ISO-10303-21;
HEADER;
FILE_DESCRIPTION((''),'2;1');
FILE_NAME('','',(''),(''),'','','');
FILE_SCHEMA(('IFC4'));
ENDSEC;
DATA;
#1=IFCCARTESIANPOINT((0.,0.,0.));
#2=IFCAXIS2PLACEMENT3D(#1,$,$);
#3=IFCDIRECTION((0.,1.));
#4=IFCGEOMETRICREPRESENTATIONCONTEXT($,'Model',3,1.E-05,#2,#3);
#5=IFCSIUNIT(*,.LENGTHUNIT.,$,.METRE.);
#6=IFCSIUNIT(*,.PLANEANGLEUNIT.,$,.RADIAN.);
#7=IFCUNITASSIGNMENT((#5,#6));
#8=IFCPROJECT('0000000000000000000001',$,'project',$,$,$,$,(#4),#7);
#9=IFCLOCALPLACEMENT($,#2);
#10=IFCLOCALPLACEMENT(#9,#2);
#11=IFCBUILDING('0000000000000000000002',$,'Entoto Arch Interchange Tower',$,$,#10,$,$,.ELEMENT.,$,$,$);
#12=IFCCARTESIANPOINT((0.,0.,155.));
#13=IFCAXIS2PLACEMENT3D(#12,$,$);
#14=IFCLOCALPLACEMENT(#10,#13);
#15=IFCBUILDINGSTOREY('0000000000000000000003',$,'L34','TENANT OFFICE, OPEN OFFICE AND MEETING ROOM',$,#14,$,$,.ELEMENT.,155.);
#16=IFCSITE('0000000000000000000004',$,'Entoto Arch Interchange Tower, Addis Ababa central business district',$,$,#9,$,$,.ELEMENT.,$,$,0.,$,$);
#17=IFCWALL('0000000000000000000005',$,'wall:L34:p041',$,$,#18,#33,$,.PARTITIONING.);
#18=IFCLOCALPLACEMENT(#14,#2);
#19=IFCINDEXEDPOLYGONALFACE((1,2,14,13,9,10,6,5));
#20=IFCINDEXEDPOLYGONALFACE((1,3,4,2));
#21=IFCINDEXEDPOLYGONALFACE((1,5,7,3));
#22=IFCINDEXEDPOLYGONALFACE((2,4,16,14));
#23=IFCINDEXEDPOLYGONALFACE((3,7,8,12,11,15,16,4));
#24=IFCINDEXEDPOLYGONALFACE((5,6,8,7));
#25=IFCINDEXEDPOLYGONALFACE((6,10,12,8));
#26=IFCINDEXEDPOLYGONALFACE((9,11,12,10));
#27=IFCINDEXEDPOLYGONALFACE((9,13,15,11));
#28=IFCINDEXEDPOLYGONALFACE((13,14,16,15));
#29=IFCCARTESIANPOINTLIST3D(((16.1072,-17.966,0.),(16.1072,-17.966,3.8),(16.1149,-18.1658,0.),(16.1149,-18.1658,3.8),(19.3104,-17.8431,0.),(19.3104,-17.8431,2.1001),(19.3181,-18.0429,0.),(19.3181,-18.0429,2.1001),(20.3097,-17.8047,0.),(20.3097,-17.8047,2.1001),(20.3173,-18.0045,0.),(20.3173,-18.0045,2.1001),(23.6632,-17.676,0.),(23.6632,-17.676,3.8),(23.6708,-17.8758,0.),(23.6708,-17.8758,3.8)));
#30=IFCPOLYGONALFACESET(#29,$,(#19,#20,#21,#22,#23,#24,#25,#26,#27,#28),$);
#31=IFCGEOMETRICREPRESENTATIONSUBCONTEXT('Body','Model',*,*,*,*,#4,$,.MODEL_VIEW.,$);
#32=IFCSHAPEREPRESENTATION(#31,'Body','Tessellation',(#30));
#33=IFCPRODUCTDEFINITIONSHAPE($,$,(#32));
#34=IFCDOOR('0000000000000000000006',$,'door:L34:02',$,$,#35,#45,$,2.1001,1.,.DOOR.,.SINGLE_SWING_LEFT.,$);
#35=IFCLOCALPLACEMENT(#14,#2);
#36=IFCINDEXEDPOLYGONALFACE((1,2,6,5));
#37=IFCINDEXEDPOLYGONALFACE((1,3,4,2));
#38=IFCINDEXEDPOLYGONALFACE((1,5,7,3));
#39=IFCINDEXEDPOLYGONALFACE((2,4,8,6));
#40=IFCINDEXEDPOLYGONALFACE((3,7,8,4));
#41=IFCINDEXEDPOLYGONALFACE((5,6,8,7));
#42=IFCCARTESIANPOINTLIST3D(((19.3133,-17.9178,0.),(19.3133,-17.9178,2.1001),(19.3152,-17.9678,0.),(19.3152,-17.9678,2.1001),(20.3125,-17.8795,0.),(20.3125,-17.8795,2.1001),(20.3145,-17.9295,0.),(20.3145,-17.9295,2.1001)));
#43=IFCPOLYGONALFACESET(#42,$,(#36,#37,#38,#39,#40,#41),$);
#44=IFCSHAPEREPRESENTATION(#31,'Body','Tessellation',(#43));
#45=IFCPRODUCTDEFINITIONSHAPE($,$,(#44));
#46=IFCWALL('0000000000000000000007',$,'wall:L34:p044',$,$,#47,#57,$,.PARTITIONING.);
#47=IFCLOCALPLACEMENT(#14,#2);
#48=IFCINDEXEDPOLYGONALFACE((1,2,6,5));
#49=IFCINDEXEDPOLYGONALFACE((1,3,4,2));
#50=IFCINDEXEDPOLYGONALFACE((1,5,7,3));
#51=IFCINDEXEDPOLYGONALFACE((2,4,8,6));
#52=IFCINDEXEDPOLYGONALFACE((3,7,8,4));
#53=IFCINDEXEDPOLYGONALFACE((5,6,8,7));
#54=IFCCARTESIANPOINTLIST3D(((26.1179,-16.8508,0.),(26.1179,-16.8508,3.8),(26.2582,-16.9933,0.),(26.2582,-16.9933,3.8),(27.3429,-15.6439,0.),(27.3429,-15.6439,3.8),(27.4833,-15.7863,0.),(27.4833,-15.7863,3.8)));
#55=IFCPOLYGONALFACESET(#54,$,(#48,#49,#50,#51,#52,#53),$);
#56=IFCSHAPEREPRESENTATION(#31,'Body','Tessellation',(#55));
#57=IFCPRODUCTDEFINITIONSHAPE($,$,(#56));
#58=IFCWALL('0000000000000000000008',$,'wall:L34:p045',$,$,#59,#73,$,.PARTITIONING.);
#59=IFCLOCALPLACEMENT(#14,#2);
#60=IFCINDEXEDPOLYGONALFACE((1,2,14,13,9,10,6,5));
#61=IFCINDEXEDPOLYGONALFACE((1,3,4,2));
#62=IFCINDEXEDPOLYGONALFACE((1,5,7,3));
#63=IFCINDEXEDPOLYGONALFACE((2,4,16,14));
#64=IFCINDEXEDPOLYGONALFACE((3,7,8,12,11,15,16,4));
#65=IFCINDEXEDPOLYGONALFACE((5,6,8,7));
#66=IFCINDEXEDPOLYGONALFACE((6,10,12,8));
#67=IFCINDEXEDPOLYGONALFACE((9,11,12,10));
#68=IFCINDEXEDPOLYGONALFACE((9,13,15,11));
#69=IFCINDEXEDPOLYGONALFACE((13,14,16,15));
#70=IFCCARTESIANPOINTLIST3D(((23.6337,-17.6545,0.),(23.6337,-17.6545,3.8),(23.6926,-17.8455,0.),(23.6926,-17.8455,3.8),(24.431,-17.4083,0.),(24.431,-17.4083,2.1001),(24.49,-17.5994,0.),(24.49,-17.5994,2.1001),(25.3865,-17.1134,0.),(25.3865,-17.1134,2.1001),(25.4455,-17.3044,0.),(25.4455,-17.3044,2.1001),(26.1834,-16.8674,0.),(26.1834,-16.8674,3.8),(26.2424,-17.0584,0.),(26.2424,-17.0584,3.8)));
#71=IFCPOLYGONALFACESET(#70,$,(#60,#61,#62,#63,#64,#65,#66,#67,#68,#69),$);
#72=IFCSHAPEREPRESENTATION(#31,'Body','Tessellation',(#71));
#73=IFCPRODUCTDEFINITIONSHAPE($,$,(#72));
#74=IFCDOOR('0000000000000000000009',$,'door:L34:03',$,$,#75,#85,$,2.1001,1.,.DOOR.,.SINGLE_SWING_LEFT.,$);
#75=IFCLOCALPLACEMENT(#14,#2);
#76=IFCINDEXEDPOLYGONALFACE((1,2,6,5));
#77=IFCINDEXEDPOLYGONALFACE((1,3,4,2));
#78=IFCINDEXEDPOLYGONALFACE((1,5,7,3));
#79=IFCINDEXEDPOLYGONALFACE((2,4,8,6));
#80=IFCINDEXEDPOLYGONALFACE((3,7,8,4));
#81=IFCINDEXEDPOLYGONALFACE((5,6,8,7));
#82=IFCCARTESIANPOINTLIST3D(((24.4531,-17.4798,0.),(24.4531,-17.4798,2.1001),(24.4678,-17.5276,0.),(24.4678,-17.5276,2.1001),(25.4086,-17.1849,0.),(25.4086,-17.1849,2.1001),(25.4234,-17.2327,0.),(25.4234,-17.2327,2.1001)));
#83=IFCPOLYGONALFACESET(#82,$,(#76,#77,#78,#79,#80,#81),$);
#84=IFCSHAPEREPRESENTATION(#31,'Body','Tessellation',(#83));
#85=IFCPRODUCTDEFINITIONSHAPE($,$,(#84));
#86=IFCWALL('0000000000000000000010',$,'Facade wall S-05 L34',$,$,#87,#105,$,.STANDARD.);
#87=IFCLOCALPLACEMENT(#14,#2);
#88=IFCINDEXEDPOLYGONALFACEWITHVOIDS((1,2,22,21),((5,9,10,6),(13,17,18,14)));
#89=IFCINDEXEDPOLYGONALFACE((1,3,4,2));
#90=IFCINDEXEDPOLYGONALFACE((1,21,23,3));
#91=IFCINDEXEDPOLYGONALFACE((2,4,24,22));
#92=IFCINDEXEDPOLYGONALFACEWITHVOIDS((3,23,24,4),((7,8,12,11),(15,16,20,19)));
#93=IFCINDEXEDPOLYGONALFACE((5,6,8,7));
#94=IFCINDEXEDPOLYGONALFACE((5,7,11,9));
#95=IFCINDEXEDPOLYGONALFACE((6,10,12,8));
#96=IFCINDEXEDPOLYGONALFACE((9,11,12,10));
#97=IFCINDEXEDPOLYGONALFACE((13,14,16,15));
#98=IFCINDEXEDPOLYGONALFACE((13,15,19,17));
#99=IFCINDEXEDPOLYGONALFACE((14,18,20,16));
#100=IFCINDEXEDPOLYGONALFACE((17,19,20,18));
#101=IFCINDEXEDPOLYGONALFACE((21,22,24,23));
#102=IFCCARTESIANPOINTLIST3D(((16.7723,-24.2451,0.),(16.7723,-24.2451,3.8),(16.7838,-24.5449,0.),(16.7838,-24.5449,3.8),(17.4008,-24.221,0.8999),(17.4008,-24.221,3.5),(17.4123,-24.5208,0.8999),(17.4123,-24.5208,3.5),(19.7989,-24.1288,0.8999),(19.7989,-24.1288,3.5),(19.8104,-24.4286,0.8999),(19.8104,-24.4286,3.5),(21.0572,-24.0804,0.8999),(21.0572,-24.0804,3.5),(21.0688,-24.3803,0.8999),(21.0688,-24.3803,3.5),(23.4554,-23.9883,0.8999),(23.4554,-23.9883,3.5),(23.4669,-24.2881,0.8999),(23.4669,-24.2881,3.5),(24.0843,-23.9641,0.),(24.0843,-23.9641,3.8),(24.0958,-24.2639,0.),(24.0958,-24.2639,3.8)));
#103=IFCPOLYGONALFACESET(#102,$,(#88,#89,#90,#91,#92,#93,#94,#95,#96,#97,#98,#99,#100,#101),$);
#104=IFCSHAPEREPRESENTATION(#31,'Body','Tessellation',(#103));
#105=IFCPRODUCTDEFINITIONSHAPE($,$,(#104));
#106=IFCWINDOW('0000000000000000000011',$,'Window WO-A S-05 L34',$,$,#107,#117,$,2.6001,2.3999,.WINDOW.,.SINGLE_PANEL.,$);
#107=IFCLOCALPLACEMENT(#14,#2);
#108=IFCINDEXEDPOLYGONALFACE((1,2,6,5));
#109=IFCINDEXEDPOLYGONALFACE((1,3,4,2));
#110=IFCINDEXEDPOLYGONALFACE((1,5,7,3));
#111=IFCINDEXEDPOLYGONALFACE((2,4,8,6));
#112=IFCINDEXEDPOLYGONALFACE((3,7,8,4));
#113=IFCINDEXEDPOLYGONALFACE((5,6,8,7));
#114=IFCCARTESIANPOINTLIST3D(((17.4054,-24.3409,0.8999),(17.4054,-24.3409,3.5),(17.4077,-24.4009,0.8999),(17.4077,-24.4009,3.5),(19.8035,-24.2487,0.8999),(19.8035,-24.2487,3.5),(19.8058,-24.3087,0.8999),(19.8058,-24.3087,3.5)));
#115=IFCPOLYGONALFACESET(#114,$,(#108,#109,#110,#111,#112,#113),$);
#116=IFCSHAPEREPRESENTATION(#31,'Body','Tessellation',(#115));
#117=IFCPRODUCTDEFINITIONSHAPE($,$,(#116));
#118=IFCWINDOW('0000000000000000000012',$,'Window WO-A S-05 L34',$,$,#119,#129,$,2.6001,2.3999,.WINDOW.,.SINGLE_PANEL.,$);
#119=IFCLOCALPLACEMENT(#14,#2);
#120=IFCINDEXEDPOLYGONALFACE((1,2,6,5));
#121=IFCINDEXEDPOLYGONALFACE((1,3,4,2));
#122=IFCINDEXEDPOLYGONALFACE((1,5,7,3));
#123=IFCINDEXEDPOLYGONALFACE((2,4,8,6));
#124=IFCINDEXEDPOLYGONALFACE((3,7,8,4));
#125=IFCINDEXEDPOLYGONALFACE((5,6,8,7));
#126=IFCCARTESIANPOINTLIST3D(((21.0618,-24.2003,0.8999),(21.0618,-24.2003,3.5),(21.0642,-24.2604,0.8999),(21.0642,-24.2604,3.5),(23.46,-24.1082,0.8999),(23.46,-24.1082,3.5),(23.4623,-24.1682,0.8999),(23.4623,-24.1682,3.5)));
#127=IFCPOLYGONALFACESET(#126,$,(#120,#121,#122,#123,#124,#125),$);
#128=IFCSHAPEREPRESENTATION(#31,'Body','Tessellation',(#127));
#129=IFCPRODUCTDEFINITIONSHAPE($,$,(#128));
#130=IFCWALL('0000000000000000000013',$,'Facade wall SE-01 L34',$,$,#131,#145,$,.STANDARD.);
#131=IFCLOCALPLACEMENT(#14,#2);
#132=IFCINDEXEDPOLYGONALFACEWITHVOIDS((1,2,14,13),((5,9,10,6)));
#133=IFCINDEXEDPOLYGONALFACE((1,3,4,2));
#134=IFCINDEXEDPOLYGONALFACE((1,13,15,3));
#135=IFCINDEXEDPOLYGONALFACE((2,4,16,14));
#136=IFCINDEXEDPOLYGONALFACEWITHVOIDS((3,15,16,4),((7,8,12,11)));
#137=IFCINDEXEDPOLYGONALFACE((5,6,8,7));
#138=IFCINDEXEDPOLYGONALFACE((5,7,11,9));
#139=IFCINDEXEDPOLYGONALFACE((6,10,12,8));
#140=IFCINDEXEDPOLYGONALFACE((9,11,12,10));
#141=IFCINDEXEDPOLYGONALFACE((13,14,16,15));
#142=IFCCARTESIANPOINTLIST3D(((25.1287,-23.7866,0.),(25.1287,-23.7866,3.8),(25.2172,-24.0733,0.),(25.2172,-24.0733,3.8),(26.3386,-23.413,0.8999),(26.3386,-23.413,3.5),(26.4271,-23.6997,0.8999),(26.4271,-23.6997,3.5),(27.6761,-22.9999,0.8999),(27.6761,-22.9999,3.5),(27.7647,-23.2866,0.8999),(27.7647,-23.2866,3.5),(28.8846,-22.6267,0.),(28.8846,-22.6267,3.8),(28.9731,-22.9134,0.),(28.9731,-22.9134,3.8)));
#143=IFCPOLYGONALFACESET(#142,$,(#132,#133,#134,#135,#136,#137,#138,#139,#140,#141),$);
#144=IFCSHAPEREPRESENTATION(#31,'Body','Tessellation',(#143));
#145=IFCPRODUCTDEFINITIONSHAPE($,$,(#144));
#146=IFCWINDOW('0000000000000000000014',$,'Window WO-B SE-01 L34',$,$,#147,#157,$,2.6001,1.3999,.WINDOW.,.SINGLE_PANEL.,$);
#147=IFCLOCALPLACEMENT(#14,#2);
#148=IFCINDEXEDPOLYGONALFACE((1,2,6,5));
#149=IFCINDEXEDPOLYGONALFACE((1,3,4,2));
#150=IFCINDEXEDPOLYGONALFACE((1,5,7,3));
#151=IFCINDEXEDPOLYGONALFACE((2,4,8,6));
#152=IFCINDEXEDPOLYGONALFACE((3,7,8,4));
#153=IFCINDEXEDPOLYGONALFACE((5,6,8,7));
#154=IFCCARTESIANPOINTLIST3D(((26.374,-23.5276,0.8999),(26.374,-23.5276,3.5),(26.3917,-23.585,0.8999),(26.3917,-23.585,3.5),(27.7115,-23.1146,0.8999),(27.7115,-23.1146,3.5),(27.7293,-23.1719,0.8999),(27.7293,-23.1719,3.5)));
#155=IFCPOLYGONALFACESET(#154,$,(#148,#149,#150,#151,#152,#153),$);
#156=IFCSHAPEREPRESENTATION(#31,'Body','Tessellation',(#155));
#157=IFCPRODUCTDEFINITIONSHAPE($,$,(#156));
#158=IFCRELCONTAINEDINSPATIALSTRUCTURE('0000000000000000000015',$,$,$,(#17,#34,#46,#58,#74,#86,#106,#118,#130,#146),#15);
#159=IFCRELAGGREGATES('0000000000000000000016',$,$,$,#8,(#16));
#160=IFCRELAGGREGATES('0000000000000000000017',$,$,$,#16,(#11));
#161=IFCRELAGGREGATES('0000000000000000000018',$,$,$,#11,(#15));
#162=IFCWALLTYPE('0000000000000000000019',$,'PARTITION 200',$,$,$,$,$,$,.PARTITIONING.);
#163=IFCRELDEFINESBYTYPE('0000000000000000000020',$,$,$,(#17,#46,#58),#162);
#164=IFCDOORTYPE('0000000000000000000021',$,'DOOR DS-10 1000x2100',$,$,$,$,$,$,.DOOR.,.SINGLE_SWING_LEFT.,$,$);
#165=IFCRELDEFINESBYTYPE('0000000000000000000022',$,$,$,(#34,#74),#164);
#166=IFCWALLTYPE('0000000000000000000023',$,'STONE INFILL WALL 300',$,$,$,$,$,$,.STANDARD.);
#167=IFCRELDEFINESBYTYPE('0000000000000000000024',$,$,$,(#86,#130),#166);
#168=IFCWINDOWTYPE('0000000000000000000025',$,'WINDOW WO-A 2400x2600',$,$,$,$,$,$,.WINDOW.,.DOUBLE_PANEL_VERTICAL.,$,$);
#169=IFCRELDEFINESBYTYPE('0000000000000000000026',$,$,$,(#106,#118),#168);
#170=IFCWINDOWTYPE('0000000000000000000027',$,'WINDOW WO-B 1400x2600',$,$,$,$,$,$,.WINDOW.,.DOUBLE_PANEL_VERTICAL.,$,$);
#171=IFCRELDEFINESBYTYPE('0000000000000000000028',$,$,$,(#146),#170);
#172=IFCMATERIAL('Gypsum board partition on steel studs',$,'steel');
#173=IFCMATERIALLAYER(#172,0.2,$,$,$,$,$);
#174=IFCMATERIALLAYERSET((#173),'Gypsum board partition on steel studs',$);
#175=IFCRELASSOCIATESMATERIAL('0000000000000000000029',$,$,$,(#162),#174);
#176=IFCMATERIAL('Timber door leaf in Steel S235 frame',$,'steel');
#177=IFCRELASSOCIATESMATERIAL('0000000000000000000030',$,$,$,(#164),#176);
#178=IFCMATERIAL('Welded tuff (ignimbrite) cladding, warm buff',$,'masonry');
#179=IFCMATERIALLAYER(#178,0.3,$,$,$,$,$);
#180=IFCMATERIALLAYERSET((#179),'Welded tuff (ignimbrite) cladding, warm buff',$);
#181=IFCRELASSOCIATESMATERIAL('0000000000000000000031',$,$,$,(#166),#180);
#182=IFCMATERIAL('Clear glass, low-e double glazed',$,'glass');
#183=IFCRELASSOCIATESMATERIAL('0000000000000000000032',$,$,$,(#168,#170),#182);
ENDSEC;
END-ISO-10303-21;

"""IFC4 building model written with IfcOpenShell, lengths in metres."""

from ifc_helpers import new_model, si_unit, direction, frame, frame_2d, origin, place, context, subcontext, project, spatial, rectangle, extrude, material, layer, layer_set, type_object, element, fill, save


model = new_model("IFC4")

# Units and contexts
model_context = context("Model", 3, precision=1e-05, world=origin(), true_north=direction((0.0, 1.0)))
body_context = subcontext(model_context, "Body", "Model", "MODEL_VIEW")
ifc_project = project(units=[si_unit("LENGTHUNIT", "METRE"), si_unit("PLANEANGLEUNIT", "RADIAN")], contexts=[model_context])

# Site, building, storey
site_placement = place(None, origin())
site = spatial("IfcSite", under=ifc_project, at=site_placement, Name="Entoto Arch Interchange Tower, Addis Ababa central business district", CompositionType="ELEMENT", RefElevation=0.0)
building_placement = place(site_placement, origin())
building = spatial("IfcBuilding", under=site, at=building_placement, Name="Entoto Arch Interchange Tower", CompositionType="ELEMENT")
storey_placement = place(building_placement, frame((0.0, 0.0, 155.0)))
storey = spatial("IfcBuildingStorey", under=building, at=storey_placement, Name="L34", Description="TENANT OFFICE, OPEN OFFICE AND MEETING ROOM", CompositionType="ELEMENT", Elevation=155.0)

# Shared definitions
ifc_material_1 = material(Name="Gypsum board partition on steel studs", Category="steel")
ifc_layer_1 = layer(ifc_material_1, 0.2)
ifc_layer_set_1 = layer_set([ifc_layer_1], Name="Gypsum board partition on steel studs")
wall_type_1 = type_object("IfcWallType", Name="PARTITION 200", PredefinedType="PARTITIONING", material=ifc_layer_set_1)

# Wall, opening, door
ifc_material_2 = material(Name="Timber door leaf in Steel S235 frame", Category="steel")
door_type = type_object("IfcDoorType", Name="DOOR DS-10 1000x2100", OperationType="SINGLE_SWING_LEFT", PredefinedType="DOOR", material=ifc_material_2)
wall_1_placement = place(storey_placement, frame((23.667, -17.7759, 0.0), z_axis=(0.0, 0.0, 1.0), x_axis=(-0.999264, -0.038357, 0.0)))
wall_1 = element("IfcWall", 1, at=wall_1_placement, inside=storey, type_object=wall_type_1, Name="wall:L34:p041", PredefinedType="PARTITIONING", context=body_context, shape_type="SweptSolid", body=[
    extrude(rectangle(XDim=7.5615, YDim=0.2, at=frame_2d((3.7808, 0.0))), origin(), (0.0, 0.0, 1.0), 3.8),
])
opening_1_placement = place(wall_1_placement, frame((3.356, 0.0, 0.0)))
opening_1 = element("IfcOpeningElement", 2, at=opening_1_placement, cuts=wall_1, PredefinedType="OPENING", context=body_context, shape_type="SweptSolid", body=[
    extrude(rectangle(XDim=1.0, YDim=2.1001, at=frame_2d((0.5, 1.05))), frame((0.0, 0.1099, 0.0), z_axis=(0.0, -1.0, 0.0), x_axis=(1.0, 0.0, 0.0)), (0.0, 0.0, 1.0), 0.22),
])
door_1_placement = place(opening_1_placement, origin())
door_1 = element("IfcDoor", 3, at=door_1_placement, inside=storey, type_object=door_type, Name="door:L34:02", OperationType="SINGLE_SWING_LEFT", OverallHeight=2.1001, OverallWidth=1.0, PredefinedType="DOOR", context=body_context, shape_type="SweptSolid", body=[
    extrude(rectangle(XDim=1.0, YDim=2.1001, at=frame_2d((0.5, 1.05))), frame((0.0, 0.0249, 0.0), z_axis=(0.0, -1.0, 0.0), x_axis=(1.0, 0.0, 0.0)), (0.0, 0.0, 1.0), 0.05),
])
fill(opening_1, door_1)

# Wall
wall_2_placement = place(storey_placement, frame((27.4131, -15.7151, 0.0), z_axis=(0.0, 0.0, 1.0), x_axis=(-0.71234, -0.701835, 0.0)))
element("IfcWall", 4, at=wall_2_placement, inside=storey, type_object=wall_type_1, Name="wall:L34:p044", PredefinedType="PARTITIONING", context=body_context, shape_type="SweptSolid", body=[
    extrude(rectangle(XDim=1.7197, YDim=0.2, at=frame_2d((0.8599, 0.0))), origin(), (0.0, 0.0, 1.0), 3.8),
])

# Wall, opening, door
wall_3_placement = place(storey_placement, frame((26.2129, -16.9629, 0.0), z_axis=(0.0, 0.0, 1.0), x_axis=(-0.95551, -0.29496, 0.0)))
wall_3 = element("IfcWall", 5, at=wall_3_placement, inside=storey, type_object=wall_type_1, Name="wall:L34:p045", PredefinedType="PARTITIONING", context=body_context, shape_type="SweptSolid", body=[
    extrude(rectangle(XDim=2.6685, YDim=0.2, at=frame_2d((1.3342, 0.0))), origin(), (0.0, 0.0, 1.0), 3.8),
])
opening_2_placement = place(wall_3_placement, frame((0.834, 0.0, 0.0)))
opening_2 = element("IfcOpeningElement", 6, at=opening_2_placement, cuts=wall_3, PredefinedType="OPENING", context=body_context, shape_type="SweptSolid", body=[
    extrude(rectangle(XDim=1.0, YDim=2.1001, at=frame_2d((0.5, 1.05))), frame((0.0, 0.1099, 0.0), z_axis=(0.0, -1.0, 0.0), x_axis=(1.0, 0.0, 0.0)), (0.0, 0.0, 1.0), 0.22),
])
door_2_placement = place(opening_2_placement, origin())
door_2 = element("IfcDoor", 7, at=door_2_placement, inside=storey, type_object=door_type, Name="door:L34:03", OperationType="SINGLE_SWING_LEFT", OverallHeight=2.1001, OverallWidth=1.0, PredefinedType="DOOR", context=body_context, shape_type="SweptSolid", body=[
    extrude(rectangle(XDim=1.0, YDim=2.1001, at=frame_2d((0.5, 1.05))), frame((0.0, 0.0249, 0.0), z_axis=(0.0, -1.0, 0.0), x_axis=(1.0, 0.0, 0.0)), (0.0, 0.0, 1.0), 0.05),
])
fill(opening_2, door_2)

# Wall, openings, windows
ifc_material_3 = material(Name="Welded tuff (ignimbrite) cladding, warm buff", Category="masonry")
ifc_layer_2 = layer(ifc_material_3, 0.3)
ifc_layer_set_2 = layer_set([ifc_layer_2], Name="Welded tuff (ignimbrite) cladding, warm buff")
wall_type_2 = type_object("IfcWallType", Name="STONE INFILL WALL 300", PredefinedType="STANDARD", material=ifc_layer_set_2)
wall_4_placement = place(storey_placement, frame((16.7781, -24.395, 0.0), z_axis=(0.0, 0.0, 1.0), x_axis=(0.999262, 0.038402, 0.0)))
wall_4 = element("IfcWall", 8, at=wall_4_placement, inside=storey, type_object=wall_type_2, Name="Facade wall S-05 L34", PredefinedType="STANDARD", context=body_context, shape_type="SweptSolid", body=[
    extrude(rectangle(XDim=7.3174, YDim=0.3, at=frame_2d((3.6587, 0.0))), origin(), (0.0, 0.0, 1.0), 3.8),
])
opening_3_placement = place(wall_4_placement, frame((0.6289, 0.0, 0.8999)))
opening_3 = element("IfcOpeningElement", 9, at=opening_3_placement, cuts=wall_4, PredefinedType="OPENING", context=body_context, shape_type="SweptSolid", body=[
    extrude(rectangle(XDim=2.3999, YDim=2.6001, at=frame_2d((1.2, 1.3))), frame((0.0, 0.1602, 0.0), z_axis=(0.0, -1.0, 0.0), x_axis=(1.0, 0.0, 0.0)), (0.0, 0.0, 1.0), 0.3201),
])
opening_4_placement = place(wall_4_placement, frame((4.2881, 0.0, 0.8999)))
opening_4 = element("IfcOpeningElement", 10, at=opening_4_placement, cuts=wall_4, PredefinedType="OPENING", context=body_context, shape_type="SweptSolid", body=[
    extrude(rectangle(XDim=2.3999, YDim=2.6001, at=frame_2d((1.2, 1.3))), frame((0.0, 0.1602, 0.0), z_axis=(0.0, -1.0, 0.0), x_axis=(1.0, 0.0, 0.0)), (0.0, 0.0, 1.0), 0.3201),
])
ifc_material_4 = material(Name="Clear glass, low-e double glazed", Category="glass")
window_type_1 = type_object("IfcWindowType", Name="WINDOW WO-A 2400x2600", PartitioningType="DOUBLE_PANEL_VERTICAL", PredefinedType="WINDOW", material=ifc_material_4)
window_1_placement = place(opening_3_placement, origin())
window_1 = element("IfcWindow", 11, at=window_1_placement, inside=storey, type_object=window_type_1, Name="Window WO-A S-05 L34", OverallHeight=2.6001, OverallWidth=2.3999, PartitioningType="SINGLE_PANEL", PredefinedType="WINDOW", context=body_context, shape_type="SweptSolid", body=[
    extrude(rectangle(XDim=2.3999, YDim=2.6001, at=frame_2d((1.2, 1.3))), frame((0.0, 0.03, 0.0), z_axis=(0.0, -1.0, 0.0), x_axis=(1.0, 0.0, 0.0)), (0.0, 0.0, 1.0), 0.0601),
])
fill(opening_3, window_1)
window_2_placement = place(opening_4_placement, origin())
window_2 = element("IfcWindow", 12, at=window_2_placement, inside=storey, type_object=window_type_1, Name="Window WO-A S-05 L34", OverallHeight=2.6001, OverallWidth=2.3999, PartitioningType="SINGLE_PANEL", PredefinedType="WINDOW", context=body_context, shape_type="SweptSolid", body=[
    extrude(rectangle(XDim=2.3999, YDim=2.6001, at=frame_2d((1.2, 1.3))), frame((0.0, 0.03, 0.0), z_axis=(0.0, -1.0, 0.0), x_axis=(1.0, 0.0, 0.0)), (0.0, 0.0, 1.0), 0.0601),
])
fill(opening_4, window_2)

# Wall, opening, window
wall_5_placement = place(storey_placement, frame((25.1731, -23.9299, 0.0), z_axis=(0.0, 0.0, 1.0), x_axis=(0.955474, 0.295076, 0.0)))
wall_5 = element("IfcWall", 13, at=wall_5_placement, inside=storey, type_object=wall_type_2, Name="Facade wall SE-01 L34", PredefinedType="STANDARD", context=body_context, shape_type="SweptSolid", body=[
    extrude(rectangle(XDim=3.9309, YDim=0.3, at=frame_2d((1.9653, 0.0))), origin(), (0.0, 0.0, 1.0), 3.8),
])
opening_5_placement = place(wall_5_placement, frame((1.2661, 0.0, 0.8999)))
opening_5 = element("IfcOpeningElement", 14, at=opening_5_placement, cuts=wall_5, PredefinedType="OPENING", context=body_context, shape_type="SweptSolid", body=[
    extrude(rectangle(XDim=1.3999, YDim=2.6001, at=frame_2d((0.7, 1.3))), frame((0.0, 0.1602, 0.0), z_axis=(0.0, -1.0, 0.0), x_axis=(1.0, 0.0, 0.0)), (0.0, 0.0, 1.0), 0.3201),
])
window_type_2 = type_object("IfcWindowType", Name="WINDOW WO-B 1400x2600", PartitioningType="DOUBLE_PANEL_VERTICAL", PredefinedType="WINDOW", material=ifc_material_4)
window_3_placement = place(opening_5_placement, origin())
window_3 = element("IfcWindow", 15, at=window_3_placement, inside=storey, type_object=window_type_2, Name="Window WO-B SE-01 L34", OverallHeight=2.6001, OverallWidth=1.3999, PartitioningType="SINGLE_PANEL", PredefinedType="WINDOW", context=body_context, shape_type="SweptSolid", body=[
    extrude(rectangle(XDim=1.3999, YDim=2.6001, at=frame_2d((0.7, 1.3))), frame((0.0, 0.03, 0.0), z_axis=(0.0, -1.0, 0.0), x_axis=(1.0, 0.0, 0.0)), (0.0, 0.0, 1.0), 0.0601),
])
fill(opening_5, window_3)

save(model, "model.ifc")
